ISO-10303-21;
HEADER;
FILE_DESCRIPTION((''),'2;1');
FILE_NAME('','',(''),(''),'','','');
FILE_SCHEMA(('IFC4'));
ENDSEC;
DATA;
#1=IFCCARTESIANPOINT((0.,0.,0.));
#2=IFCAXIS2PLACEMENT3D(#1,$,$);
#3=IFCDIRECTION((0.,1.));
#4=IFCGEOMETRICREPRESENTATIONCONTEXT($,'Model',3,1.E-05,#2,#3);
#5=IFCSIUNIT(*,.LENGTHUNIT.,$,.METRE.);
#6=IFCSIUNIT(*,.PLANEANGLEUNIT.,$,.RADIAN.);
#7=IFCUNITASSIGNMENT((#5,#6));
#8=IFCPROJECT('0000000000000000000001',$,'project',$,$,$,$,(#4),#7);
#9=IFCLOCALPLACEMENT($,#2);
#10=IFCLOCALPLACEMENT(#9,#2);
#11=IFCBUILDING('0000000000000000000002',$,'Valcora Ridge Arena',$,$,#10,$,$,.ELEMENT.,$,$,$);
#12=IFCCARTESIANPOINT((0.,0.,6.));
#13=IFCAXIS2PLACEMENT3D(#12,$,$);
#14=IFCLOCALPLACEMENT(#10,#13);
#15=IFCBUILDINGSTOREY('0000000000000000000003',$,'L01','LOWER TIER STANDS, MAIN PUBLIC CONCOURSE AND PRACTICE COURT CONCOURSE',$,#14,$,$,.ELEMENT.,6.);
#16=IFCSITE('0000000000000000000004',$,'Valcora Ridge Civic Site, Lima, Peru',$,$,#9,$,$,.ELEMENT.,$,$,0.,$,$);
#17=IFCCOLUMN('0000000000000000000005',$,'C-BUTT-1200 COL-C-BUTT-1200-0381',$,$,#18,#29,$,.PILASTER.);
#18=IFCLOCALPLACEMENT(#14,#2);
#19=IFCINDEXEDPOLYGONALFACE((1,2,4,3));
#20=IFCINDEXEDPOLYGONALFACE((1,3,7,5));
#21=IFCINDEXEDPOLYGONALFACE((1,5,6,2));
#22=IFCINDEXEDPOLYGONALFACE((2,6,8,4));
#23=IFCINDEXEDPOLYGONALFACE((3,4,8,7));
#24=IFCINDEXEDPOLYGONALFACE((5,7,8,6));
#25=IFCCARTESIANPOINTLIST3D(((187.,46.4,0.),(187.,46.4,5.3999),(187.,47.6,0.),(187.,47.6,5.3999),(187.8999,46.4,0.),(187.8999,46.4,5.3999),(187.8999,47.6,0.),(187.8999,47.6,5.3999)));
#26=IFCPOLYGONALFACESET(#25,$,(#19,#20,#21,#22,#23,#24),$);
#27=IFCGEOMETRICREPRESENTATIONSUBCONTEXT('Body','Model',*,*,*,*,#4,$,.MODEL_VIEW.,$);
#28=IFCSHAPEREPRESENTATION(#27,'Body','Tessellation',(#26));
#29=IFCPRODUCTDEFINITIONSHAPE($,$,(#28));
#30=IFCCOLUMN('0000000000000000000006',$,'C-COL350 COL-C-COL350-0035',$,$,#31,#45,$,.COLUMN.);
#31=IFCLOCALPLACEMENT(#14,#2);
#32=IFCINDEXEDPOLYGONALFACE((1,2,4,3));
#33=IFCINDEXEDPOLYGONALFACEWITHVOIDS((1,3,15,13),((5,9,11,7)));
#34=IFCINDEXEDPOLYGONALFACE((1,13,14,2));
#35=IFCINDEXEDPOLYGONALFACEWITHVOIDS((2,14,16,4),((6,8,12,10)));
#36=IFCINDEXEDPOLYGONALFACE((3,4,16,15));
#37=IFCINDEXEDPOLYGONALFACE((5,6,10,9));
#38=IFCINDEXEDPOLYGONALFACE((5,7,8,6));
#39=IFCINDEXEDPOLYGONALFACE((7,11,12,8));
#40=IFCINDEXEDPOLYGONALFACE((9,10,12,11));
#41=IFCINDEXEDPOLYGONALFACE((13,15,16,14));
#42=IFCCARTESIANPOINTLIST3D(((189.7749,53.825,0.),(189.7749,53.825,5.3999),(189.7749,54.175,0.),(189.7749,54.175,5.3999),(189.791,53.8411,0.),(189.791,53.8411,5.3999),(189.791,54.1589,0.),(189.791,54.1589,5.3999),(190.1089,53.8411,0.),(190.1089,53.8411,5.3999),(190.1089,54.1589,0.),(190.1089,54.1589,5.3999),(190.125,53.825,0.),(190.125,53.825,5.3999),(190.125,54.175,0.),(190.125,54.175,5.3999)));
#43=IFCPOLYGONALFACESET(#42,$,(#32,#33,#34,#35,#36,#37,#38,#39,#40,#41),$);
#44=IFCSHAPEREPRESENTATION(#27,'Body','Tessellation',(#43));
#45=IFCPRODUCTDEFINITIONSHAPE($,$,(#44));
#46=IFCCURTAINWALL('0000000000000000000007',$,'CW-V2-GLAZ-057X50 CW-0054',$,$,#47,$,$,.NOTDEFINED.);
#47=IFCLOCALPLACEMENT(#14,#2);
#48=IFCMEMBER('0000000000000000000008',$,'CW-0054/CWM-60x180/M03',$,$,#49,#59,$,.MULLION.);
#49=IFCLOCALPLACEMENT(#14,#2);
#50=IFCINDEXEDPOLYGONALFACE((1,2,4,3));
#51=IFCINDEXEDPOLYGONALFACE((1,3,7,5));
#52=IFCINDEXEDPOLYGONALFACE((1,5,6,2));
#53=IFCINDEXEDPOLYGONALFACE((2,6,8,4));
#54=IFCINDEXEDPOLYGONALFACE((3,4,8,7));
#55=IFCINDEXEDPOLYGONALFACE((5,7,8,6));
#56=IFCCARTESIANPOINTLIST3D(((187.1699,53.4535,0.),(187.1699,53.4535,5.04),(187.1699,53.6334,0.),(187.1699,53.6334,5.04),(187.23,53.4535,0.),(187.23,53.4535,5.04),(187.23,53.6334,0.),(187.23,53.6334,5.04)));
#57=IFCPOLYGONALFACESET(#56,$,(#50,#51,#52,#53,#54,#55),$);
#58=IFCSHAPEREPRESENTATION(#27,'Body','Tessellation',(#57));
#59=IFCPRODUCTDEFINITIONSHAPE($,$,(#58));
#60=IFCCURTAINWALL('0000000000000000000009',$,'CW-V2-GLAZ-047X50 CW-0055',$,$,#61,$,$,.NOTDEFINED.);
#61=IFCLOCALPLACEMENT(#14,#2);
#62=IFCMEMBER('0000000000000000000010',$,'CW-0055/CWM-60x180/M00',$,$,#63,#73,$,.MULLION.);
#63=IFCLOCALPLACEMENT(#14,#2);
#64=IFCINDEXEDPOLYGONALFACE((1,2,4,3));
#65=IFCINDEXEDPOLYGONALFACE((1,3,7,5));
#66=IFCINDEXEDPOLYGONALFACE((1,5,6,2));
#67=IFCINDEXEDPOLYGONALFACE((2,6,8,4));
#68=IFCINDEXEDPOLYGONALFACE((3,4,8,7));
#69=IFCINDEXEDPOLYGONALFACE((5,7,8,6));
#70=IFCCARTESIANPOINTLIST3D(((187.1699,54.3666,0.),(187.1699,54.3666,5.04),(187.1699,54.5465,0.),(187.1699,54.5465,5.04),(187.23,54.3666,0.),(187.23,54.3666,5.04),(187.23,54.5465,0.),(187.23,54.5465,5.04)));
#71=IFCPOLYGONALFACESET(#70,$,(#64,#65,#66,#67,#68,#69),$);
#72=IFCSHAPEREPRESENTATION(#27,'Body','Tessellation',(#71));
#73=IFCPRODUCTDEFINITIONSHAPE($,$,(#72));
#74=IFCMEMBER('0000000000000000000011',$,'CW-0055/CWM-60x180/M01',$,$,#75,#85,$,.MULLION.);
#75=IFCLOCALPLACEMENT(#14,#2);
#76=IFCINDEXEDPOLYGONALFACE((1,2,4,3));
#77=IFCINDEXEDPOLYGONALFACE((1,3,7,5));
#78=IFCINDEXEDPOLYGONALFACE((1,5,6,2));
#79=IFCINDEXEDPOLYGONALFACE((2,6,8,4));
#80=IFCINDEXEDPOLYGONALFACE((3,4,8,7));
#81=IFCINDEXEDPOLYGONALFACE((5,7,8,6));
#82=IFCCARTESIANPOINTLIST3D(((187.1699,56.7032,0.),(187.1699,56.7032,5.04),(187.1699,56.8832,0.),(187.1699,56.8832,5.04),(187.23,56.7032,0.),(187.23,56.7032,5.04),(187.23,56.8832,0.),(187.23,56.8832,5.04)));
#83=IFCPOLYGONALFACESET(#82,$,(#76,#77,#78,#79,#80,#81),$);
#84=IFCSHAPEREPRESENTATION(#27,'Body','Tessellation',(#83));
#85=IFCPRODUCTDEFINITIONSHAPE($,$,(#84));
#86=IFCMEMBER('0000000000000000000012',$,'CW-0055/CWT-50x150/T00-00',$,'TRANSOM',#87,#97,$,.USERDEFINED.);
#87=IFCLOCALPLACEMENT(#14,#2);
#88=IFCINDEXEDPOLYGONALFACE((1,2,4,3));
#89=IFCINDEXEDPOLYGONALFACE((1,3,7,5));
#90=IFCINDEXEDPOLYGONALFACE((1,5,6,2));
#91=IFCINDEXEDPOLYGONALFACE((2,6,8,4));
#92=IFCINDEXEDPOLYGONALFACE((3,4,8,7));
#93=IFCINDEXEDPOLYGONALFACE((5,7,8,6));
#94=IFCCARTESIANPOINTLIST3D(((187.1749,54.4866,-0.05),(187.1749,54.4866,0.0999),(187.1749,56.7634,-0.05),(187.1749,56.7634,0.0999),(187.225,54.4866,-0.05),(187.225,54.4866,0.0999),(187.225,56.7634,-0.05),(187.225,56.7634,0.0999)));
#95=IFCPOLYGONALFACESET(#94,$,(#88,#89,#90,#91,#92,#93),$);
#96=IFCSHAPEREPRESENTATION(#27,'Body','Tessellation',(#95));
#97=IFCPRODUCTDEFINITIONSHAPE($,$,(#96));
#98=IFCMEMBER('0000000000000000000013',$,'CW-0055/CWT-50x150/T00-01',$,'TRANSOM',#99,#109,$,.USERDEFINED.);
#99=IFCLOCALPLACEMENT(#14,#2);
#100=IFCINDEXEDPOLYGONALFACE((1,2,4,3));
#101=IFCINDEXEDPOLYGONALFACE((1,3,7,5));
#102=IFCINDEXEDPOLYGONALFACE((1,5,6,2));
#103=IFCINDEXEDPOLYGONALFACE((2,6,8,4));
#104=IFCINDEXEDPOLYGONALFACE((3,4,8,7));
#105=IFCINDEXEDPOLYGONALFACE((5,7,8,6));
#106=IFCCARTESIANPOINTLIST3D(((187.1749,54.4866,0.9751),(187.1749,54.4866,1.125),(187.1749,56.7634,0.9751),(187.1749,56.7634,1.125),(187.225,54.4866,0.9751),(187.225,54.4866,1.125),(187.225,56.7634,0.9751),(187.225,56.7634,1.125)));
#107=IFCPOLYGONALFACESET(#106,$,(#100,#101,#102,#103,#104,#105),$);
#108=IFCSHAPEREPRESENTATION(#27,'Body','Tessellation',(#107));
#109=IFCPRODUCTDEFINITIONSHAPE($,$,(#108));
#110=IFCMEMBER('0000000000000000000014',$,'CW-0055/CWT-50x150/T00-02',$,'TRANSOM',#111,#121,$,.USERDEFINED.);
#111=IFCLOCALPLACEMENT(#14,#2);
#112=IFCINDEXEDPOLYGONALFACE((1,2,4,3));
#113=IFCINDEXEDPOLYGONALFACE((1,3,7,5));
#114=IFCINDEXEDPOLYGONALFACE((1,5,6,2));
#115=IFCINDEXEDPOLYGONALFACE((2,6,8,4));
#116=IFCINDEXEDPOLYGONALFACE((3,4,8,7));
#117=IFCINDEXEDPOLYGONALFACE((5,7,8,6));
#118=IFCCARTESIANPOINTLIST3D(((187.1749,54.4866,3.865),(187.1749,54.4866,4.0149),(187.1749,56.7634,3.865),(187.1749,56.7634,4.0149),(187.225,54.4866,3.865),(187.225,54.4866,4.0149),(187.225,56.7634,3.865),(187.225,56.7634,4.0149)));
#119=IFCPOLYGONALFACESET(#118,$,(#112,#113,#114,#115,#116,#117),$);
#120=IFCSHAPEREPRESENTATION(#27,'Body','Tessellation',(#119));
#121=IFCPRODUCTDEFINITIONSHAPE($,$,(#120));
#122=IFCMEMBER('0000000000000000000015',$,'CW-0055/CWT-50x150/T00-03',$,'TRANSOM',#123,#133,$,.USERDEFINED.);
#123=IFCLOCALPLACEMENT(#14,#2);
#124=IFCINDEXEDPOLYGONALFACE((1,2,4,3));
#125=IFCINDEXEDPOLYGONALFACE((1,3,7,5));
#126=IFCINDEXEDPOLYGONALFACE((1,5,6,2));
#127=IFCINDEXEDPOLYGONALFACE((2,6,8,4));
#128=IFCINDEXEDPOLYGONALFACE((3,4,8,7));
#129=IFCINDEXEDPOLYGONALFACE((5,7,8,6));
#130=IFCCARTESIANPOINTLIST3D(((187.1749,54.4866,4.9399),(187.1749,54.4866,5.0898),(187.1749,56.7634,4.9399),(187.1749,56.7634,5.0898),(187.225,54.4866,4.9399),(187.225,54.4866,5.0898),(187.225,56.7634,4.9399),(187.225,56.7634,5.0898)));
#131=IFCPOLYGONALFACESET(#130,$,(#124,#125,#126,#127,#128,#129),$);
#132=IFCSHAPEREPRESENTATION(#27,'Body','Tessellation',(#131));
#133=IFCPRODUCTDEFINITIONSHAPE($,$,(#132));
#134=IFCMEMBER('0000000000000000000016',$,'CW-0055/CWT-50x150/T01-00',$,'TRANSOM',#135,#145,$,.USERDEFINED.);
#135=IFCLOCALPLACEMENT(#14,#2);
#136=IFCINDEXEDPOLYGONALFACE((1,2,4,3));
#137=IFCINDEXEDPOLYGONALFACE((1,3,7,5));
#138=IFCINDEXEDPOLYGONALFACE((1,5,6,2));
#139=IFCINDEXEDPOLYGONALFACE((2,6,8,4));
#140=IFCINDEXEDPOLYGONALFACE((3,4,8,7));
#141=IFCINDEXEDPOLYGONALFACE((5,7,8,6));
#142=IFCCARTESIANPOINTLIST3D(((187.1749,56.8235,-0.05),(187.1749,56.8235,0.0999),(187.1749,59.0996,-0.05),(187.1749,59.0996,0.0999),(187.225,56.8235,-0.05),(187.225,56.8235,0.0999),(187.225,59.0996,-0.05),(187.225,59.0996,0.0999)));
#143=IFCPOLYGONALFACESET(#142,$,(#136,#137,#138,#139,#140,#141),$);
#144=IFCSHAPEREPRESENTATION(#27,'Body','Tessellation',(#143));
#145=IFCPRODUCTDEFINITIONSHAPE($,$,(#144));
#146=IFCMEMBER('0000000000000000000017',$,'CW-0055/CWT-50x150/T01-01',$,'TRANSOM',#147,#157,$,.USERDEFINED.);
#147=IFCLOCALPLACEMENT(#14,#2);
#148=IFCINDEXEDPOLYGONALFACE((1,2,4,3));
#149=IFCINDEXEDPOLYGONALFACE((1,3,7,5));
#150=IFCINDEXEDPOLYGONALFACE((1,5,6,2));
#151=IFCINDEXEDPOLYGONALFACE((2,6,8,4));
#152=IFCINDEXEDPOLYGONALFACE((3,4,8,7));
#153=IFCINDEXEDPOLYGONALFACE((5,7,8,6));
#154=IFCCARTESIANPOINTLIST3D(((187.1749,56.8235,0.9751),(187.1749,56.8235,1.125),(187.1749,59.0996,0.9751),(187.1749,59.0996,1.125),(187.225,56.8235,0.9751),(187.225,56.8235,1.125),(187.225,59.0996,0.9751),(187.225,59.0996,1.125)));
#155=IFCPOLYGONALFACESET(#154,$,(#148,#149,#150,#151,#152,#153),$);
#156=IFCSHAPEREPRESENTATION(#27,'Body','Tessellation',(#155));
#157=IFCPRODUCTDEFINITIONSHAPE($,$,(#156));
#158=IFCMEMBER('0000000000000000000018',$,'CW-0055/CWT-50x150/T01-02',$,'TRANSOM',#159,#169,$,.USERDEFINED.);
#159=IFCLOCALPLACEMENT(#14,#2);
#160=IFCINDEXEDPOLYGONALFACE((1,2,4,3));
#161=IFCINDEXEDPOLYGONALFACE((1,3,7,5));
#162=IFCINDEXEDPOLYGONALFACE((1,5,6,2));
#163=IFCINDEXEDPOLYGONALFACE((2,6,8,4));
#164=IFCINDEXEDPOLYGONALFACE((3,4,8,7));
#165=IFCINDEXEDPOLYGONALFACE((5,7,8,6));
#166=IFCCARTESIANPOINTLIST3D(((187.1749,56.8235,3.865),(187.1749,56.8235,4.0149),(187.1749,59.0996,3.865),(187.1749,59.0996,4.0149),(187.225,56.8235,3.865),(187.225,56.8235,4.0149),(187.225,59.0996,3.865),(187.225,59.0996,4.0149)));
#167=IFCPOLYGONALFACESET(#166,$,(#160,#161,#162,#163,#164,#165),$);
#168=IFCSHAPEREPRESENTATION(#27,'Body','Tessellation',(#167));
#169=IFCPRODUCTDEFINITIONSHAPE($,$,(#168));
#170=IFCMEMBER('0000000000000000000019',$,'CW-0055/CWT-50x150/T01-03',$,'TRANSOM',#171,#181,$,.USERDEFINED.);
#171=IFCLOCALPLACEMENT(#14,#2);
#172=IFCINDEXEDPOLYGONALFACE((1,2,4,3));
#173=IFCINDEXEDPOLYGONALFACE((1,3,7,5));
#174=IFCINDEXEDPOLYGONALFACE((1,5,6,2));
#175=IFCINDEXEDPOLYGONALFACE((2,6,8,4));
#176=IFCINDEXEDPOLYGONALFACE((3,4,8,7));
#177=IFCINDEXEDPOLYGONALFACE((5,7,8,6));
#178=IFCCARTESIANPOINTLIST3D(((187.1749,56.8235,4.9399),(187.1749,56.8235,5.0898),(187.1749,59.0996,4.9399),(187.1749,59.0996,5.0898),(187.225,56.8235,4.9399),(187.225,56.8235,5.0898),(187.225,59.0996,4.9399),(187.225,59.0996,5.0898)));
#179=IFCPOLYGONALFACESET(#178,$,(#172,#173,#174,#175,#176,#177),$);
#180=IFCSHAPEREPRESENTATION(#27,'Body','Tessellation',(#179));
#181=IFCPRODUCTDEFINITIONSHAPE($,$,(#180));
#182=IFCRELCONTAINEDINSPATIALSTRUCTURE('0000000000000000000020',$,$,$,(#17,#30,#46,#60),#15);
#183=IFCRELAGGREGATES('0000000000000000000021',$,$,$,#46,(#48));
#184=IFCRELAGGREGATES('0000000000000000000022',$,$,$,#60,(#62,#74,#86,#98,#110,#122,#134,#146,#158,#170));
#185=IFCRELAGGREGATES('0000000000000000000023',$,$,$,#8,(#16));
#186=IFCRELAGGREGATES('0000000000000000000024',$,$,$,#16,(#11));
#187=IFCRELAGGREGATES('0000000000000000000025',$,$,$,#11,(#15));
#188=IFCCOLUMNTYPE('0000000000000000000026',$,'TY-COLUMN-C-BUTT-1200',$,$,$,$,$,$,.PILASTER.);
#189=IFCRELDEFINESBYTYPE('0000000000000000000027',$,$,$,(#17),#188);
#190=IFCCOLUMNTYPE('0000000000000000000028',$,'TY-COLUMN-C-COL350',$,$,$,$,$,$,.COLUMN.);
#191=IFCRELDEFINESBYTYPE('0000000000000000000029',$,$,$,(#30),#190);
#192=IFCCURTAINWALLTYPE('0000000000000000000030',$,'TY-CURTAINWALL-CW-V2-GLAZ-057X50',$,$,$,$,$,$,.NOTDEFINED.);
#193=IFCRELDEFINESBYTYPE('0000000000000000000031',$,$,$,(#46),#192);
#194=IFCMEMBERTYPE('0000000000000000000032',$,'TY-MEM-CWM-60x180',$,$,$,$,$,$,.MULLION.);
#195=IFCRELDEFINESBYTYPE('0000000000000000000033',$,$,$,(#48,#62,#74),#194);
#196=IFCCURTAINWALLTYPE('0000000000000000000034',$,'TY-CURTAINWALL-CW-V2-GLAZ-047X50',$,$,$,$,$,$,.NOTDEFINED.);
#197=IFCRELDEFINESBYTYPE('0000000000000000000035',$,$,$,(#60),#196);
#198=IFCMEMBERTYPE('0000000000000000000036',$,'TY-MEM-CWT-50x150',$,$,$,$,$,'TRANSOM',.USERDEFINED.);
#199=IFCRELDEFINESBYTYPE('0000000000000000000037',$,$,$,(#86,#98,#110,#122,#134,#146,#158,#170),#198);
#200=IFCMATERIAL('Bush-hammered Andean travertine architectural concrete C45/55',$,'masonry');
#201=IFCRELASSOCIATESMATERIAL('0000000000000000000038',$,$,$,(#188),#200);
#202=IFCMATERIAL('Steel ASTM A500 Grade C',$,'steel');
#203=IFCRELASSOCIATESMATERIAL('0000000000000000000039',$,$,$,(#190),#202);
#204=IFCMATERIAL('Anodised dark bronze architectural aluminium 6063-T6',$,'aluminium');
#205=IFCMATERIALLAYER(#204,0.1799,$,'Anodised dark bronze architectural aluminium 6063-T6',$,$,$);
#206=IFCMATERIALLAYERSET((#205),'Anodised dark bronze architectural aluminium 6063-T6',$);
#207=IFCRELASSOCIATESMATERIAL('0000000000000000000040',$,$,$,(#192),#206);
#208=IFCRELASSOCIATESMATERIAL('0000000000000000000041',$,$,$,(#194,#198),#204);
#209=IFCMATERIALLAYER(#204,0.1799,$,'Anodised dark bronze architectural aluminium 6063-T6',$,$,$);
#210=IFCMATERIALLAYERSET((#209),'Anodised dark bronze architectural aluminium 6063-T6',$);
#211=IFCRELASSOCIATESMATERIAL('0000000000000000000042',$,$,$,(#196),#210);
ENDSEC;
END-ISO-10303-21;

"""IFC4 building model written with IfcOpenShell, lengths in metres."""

from ifc_helpers import new_model, si_unit, direction, frame, origin, origin_2d, place, context, subcontext, project, spatial, rectangle, hollow_rectangle, extrude, material, layer, layer_set, material_profile, profile_set, type_object, element, aggregate, save


model = new_model("IFC4")

# Units and contexts
model_context = context("Model", 3, precision=1e-05, world=origin(), true_north=direction((0.0, 1.0)))
body_context = subcontext(model_context, "Body", "Model", "MODEL_VIEW")
ifc_project = project(units=[si_unit("LENGTHUNIT", "METRE"), si_unit("PLANEANGLEUNIT", "RADIAN")], contexts=[model_context])

# Site, building, storey
site_placement = place(None, origin())
site = spatial("IfcSite", under=ifc_project, at=site_placement, Name="Valcora Ridge Civic Site, Lima, Peru", CompositionType="ELEMENT", RefElevation=0.0)
building_placement = place(site_placement, origin())
building = spatial("IfcBuilding", under=site, at=building_placement, Name="Valcora Ridge Arena", CompositionType="ELEMENT")
storey_placement = place(building_placement, frame((0.0, 0.0, 6.0)))
storey = spatial("IfcBuildingStorey", under=building, at=storey_placement, Name="L01", Description="LOWER TIER STANDS, MAIN PUBLIC CONCOURSE AND PRACTICE COURT CONCOURSE", CompositionType="ELEMENT", Elevation=6.0)

# Columns
ifc_material_1 = material(Name="Bush-hammered Andean travertine architectural concrete C45/55", Category="masonry")
ifc_material_profile_1 = material_profile(ifc_material_1, rectangle(XDim=0.8999, YDim=1.2, at=origin_2d()), Name="RC 900x1200")
ifc_profile_set_1 = profile_set([ifc_material_profile_1], Name="Bush-hammered Andean travertine architectural concrete C45/55")
column_type_1 = type_object("IfcColumnType", Name="TY-COLUMN-C-BUTT-1200", PredefinedType="PILASTER", material=ifc_profile_set_1)
column_1_placement = place(storey_placement, frame((187.45, 47.0, 0.0), z_axis=(0.0, 0.0, 1.0), x_axis=(1.0, 0.0, 0.0)))
element("IfcColumn", 1, at=column_1_placement, inside=storey, type_object=column_type_1, Name="C-BUTT-1200 COL-C-BUTT-1200-0381", PredefinedType="PILASTER", context=body_context, shape_type="SweptSolid", body=[
    extrude(rectangle(XDim=0.8999, YDim=1.2, at=origin_2d()), origin(), (0.0, 0.0, 1.0), 5.3999),
])
ifc_material_2 = material(Name="Steel ASTM A500 Grade C", Category="steel")
ifc_material_profile_2 = material_profile(ifc_material_2, hollow_rectangle(XDim=0.3501, YDim=0.3501, WallThickness=0.0161, at=origin_2d()), Name="HSS350X350X16")
ifc_profile_set_2 = profile_set([ifc_material_profile_2], Name="Steel ASTM A500 Grade C")
column_type_2 = type_object("IfcColumnType", Name="TY-COLUMN-C-COL350", PredefinedType="COLUMN", material=ifc_profile_set_2)
column_2_placement = place(storey_placement, frame((189.95, 54.0, 0.0), z_axis=(0.0, 0.0, 1.0), x_axis=(1.0, 0.0, 0.0)))
element("IfcColumn", 2, at=column_2_placement, inside=storey, type_object=column_type_2, Name="C-COL350 COL-C-COL350-0035", PredefinedType="COLUMN", context=body_context, shape_type="SweptSolid", body=[
    extrude(hollow_rectangle(XDim=0.3501, YDim=0.3501, WallThickness=0.0161, at=origin_2d()), origin(), (0.0, 0.0, 1.0), 5.3999),
])

# Curtain wall, member
ifc_material_3 = material(Name="Anodised dark bronze architectural aluminium 6063-T6", Category="aluminium")
ifc_layer_1 = layer(ifc_material_3, 0.1799, Name="Anodised dark bronze architectural aluminium 6063-T6")
ifc_layer_set_1 = layer_set([ifc_layer_1], Name="Anodised dark bronze architectural aluminium 6063-T6")
curtain_wall_type_1 = type_object("IfcCurtainWallType", Name="TY-CURTAINWALL-CW-V2-GLAZ-057X50", PredefinedType="NOTDEFINED", material=ifc_layer_set_1)
curtain_wall_1_placement = place(storey_placement, origin())
curtain_wall_1 = element("IfcCurtainWall", 3, at=curtain_wall_1_placement, inside=storey, type_object=curtain_wall_type_1, Name="CW-V2-GLAZ-057X50 CW-0054", PredefinedType="NOTDEFINED")
ifc_material_profile_3 = material_profile(ifc_material_3, rectangle(XDim=0.0601, YDim=0.1799, at=origin_2d()), Name="ALU MULLION 60x180")
ifc_profile_set_3 = profile_set([ifc_material_profile_3], Name="Anodised dark bronze architectural aluminium 6063-T6")
member_type_1 = type_object("IfcMemberType", Name="TY-MEM-CWM-60x180", PredefinedType="MULLION", material=ifc_profile_set_3)
member_1_placement = place(storey_placement, frame((187.2, 53.5435, 0.0), z_axis=(0.0, 0.0, 1.0), x_axis=(-1.0, 0.0, 0.0)))
member_1 = element("IfcMember", 4, at=member_1_placement, type_object=member_type_1, Name="CW-0054/CWM-60x180/M03", PredefinedType="MULLION", context=body_context, shape_type="SweptSolid", body=[
    extrude(rectangle(XDim=0.0601, YDim=0.1799, at=origin_2d()), origin(), (0.0, 0.0, 1.0), 5.04),
])

# Curtain wall, members
ifc_layer_2 = layer(ifc_material_3, 0.1799, Name="Anodised dark bronze architectural aluminium 6063-T6")
ifc_layer_set_2 = layer_set([ifc_layer_2], Name="Anodised dark bronze architectural aluminium 6063-T6")
curtain_wall_type_2 = type_object("IfcCurtainWallType", Name="TY-CURTAINWALL-CW-V2-GLAZ-047X50", PredefinedType="NOTDEFINED", material=ifc_layer_set_2)
curtain_wall_2_placement = place(storey_placement, origin())
curtain_wall_2 = element("IfcCurtainWall", 5, at=curtain_wall_2_placement, inside=storey, type_object=curtain_wall_type_2, Name="CW-V2-GLAZ-047X50 CW-0055", PredefinedType="NOTDEFINED")
member_2_placement = place(storey_placement, frame((187.2, 54.4565, 0.0), z_axis=(0.0, 0.0, 1.0), x_axis=(-1.0, 0.0, 0.0)))
member_2 = element("IfcMember", 6, at=member_2_placement, type_object=member_type_1, Name="CW-0055/CWM-60x180/M00", PredefinedType="MULLION", context=body_context, shape_type="SweptSolid", body=[
    extrude(rectangle(XDim=0.0601, YDim=0.1799, at=origin_2d()), origin(), (0.0, 0.0, 1.0), 5.04),
])
member_3_placement = place(storey_placement, frame((187.2, 56.7932, 0.0), z_axis=(0.0, 0.0, 1.0), x_axis=(-1.0, 0.0, 0.0)))
member_3 = element("IfcMember", 7, at=member_3_placement, type_object=member_type_1, Name="CW-0055/CWM-60x180/M01", PredefinedType="MULLION", context=body_context, shape_type="SweptSolid", body=[
    extrude(rectangle(XDim=0.0601, YDim=0.1799, at=origin_2d()), origin(), (0.0, 0.0, 1.0), 5.04),
])
ifc_material_profile_4 = material_profile(ifc_material_3, rectangle(XDim=0.05, YDim=0.1499, at=origin_2d()), Name="ALU TRANSOM 50x150")
ifc_profile_set_4 = profile_set([ifc_material_profile_4], Name="Anodised dark bronze architectural aluminium 6063-T6")
member_type_2 = type_object("IfcMemberType", Name="TY-MEM-CWT-50x150", ElementType="TRANSOM", PredefinedType="USERDEFINED", material=ifc_profile_set_4)
member_4_placement = place(storey_placement, frame((187.2, 54.4866, 0.0249), z_axis=(0.0, 1.0, 0.0), x_axis=(-1.0, 0.0, 0.0)))
member_4 = element("IfcMember", 8, at=member_4_placement, type_object=member_type_2, Name="CW-0055/CWT-50x150/T00-00", ObjectType="TRANSOM", PredefinedType="USERDEFINED", context=body_context, shape_type="SweptSolid", body=[
    extrude(rectangle(XDim=0.05, YDim=0.1499, at=origin_2d()), origin(), (0.0, 0.0, 1.0), 2.2769),
])
member_5_placement = place(storey_placement, frame((187.2, 54.4866, 1.05), z_axis=(0.0, 1.0, 0.0), x_axis=(-1.0, 0.0, 0.0)))
member_5 = element("IfcMember", 9, at=member_5_placement, type_object=member_type_2, Name="CW-0055/CWT-50x150/T00-01", ObjectType="TRANSOM", PredefinedType="USERDEFINED", context=body_context, shape_type="SweptSolid", body=[
    extrude(rectangle(XDim=0.05, YDim=0.1499, at=origin_2d()), origin(), (0.0, 0.0, 1.0), 2.2769),
])
member_6_placement = place(storey_placement, frame((187.2, 54.4866, 3.9399), z_axis=(0.0, 1.0, 0.0), x_axis=(-1.0, 0.0, 0.0)))
member_6 = element("IfcMember", 10, at=member_6_placement, type_object=member_type_2, Name="CW-0055/CWT-50x150/T00-02", ObjectType="TRANSOM", PredefinedType="USERDEFINED", context=body_context, shape_type="SweptSolid", body=[
    extrude(rectangle(XDim=0.05, YDim=0.1499, at=origin_2d()), origin(), (0.0, 0.0, 1.0), 2.2769),
])
member_7_placement = place(storey_placement, frame((187.2, 54.4866, 5.0149), z_axis=(0.0, 1.0, 0.0), x_axis=(-1.0, 0.0, 0.0)))
member_7 = element("IfcMember", 11, at=member_7_placement, type_object=member_type_2, Name="CW-0055/CWT-50x150/T00-03", ObjectType="TRANSOM", PredefinedType="USERDEFINED", context=body_context, shape_type="SweptSolid", body=[
    extrude(rectangle(XDim=0.05, YDim=0.1499, at=origin_2d()), origin(), (0.0, 0.0, 1.0), 2.2769),
])
member_8_placement = place(storey_placement, frame((187.2, 56.8235, 0.0249), z_axis=(0.0, 1.0, 0.0), x_axis=(-1.0, 0.0, 0.0)))
member_8 = element("IfcMember", 12, at=member_8_placement, type_object=member_type_2, Name="CW-0055/CWT-50x150/T01-00", ObjectType="TRANSOM", PredefinedType="USERDEFINED", context=body_context, shape_type="SweptSolid", body=[
    extrude(rectangle(XDim=0.05, YDim=0.1499, at=origin_2d()), origin(), (0.0, 0.0, 1.0), 2.2761),
])
member_9_placement = place(storey_placement, frame((187.2, 56.8235, 1.05), z_axis=(0.0, 1.0, 0.0), x_axis=(-1.0, 0.0, 0.0)))
member_9 = element("IfcMember", 13, at=member_9_placement, type_object=member_type_2, Name="CW-0055/CWT-50x150/T01-01", ObjectType="TRANSOM", PredefinedType="USERDEFINED", context=body_context, shape_type="SweptSolid", body=[
    extrude(rectangle(XDim=0.05, YDim=0.1499, at=origin_2d()), origin(), (0.0, 0.0, 1.0), 2.2761),
])
member_10_placement = place(storey_placement, frame((187.2, 56.8235, 3.9399), z_axis=(0.0, 1.0, 0.0), x_axis=(-1.0, 0.0, 0.0)))
member_10 = element("IfcMember", 14, at=member_10_placement, type_object=member_type_2, Name="CW-0055/CWT-50x150/T01-02", ObjectType="TRANSOM", PredefinedType="USERDEFINED", context=body_context, shape_type="SweptSolid", body=[
    extrude(rectangle(XDim=0.05, YDim=0.1499, at=origin_2d()), origin(), (0.0, 0.0, 1.0), 2.2761),
])
member_11_placement = place(storey_placement, frame((187.2, 56.8235, 5.0149), z_axis=(0.0, 1.0, 0.0), x_axis=(-1.0, 0.0, 0.0)))
member_11 = element("IfcMember", 15, at=member_11_placement, type_object=member_type_2, Name="CW-0055/CWT-50x150/T01-03", ObjectType="TRANSOM", PredefinedType="USERDEFINED", context=body_context, shape_type="SweptSolid", body=[
    extrude(rectangle(XDim=0.05, YDim=0.1499, at=origin_2d()), origin(), (0.0, 0.0, 1.0), 2.2761),
])

aggregate(curtain_wall_1, [member_1])
aggregate(curtain_wall_2, [member_2, member_3, member_4, member_5, member_6, member_7, member_8, member_9, member_10, member_11])

save(model, "model.ifc")
